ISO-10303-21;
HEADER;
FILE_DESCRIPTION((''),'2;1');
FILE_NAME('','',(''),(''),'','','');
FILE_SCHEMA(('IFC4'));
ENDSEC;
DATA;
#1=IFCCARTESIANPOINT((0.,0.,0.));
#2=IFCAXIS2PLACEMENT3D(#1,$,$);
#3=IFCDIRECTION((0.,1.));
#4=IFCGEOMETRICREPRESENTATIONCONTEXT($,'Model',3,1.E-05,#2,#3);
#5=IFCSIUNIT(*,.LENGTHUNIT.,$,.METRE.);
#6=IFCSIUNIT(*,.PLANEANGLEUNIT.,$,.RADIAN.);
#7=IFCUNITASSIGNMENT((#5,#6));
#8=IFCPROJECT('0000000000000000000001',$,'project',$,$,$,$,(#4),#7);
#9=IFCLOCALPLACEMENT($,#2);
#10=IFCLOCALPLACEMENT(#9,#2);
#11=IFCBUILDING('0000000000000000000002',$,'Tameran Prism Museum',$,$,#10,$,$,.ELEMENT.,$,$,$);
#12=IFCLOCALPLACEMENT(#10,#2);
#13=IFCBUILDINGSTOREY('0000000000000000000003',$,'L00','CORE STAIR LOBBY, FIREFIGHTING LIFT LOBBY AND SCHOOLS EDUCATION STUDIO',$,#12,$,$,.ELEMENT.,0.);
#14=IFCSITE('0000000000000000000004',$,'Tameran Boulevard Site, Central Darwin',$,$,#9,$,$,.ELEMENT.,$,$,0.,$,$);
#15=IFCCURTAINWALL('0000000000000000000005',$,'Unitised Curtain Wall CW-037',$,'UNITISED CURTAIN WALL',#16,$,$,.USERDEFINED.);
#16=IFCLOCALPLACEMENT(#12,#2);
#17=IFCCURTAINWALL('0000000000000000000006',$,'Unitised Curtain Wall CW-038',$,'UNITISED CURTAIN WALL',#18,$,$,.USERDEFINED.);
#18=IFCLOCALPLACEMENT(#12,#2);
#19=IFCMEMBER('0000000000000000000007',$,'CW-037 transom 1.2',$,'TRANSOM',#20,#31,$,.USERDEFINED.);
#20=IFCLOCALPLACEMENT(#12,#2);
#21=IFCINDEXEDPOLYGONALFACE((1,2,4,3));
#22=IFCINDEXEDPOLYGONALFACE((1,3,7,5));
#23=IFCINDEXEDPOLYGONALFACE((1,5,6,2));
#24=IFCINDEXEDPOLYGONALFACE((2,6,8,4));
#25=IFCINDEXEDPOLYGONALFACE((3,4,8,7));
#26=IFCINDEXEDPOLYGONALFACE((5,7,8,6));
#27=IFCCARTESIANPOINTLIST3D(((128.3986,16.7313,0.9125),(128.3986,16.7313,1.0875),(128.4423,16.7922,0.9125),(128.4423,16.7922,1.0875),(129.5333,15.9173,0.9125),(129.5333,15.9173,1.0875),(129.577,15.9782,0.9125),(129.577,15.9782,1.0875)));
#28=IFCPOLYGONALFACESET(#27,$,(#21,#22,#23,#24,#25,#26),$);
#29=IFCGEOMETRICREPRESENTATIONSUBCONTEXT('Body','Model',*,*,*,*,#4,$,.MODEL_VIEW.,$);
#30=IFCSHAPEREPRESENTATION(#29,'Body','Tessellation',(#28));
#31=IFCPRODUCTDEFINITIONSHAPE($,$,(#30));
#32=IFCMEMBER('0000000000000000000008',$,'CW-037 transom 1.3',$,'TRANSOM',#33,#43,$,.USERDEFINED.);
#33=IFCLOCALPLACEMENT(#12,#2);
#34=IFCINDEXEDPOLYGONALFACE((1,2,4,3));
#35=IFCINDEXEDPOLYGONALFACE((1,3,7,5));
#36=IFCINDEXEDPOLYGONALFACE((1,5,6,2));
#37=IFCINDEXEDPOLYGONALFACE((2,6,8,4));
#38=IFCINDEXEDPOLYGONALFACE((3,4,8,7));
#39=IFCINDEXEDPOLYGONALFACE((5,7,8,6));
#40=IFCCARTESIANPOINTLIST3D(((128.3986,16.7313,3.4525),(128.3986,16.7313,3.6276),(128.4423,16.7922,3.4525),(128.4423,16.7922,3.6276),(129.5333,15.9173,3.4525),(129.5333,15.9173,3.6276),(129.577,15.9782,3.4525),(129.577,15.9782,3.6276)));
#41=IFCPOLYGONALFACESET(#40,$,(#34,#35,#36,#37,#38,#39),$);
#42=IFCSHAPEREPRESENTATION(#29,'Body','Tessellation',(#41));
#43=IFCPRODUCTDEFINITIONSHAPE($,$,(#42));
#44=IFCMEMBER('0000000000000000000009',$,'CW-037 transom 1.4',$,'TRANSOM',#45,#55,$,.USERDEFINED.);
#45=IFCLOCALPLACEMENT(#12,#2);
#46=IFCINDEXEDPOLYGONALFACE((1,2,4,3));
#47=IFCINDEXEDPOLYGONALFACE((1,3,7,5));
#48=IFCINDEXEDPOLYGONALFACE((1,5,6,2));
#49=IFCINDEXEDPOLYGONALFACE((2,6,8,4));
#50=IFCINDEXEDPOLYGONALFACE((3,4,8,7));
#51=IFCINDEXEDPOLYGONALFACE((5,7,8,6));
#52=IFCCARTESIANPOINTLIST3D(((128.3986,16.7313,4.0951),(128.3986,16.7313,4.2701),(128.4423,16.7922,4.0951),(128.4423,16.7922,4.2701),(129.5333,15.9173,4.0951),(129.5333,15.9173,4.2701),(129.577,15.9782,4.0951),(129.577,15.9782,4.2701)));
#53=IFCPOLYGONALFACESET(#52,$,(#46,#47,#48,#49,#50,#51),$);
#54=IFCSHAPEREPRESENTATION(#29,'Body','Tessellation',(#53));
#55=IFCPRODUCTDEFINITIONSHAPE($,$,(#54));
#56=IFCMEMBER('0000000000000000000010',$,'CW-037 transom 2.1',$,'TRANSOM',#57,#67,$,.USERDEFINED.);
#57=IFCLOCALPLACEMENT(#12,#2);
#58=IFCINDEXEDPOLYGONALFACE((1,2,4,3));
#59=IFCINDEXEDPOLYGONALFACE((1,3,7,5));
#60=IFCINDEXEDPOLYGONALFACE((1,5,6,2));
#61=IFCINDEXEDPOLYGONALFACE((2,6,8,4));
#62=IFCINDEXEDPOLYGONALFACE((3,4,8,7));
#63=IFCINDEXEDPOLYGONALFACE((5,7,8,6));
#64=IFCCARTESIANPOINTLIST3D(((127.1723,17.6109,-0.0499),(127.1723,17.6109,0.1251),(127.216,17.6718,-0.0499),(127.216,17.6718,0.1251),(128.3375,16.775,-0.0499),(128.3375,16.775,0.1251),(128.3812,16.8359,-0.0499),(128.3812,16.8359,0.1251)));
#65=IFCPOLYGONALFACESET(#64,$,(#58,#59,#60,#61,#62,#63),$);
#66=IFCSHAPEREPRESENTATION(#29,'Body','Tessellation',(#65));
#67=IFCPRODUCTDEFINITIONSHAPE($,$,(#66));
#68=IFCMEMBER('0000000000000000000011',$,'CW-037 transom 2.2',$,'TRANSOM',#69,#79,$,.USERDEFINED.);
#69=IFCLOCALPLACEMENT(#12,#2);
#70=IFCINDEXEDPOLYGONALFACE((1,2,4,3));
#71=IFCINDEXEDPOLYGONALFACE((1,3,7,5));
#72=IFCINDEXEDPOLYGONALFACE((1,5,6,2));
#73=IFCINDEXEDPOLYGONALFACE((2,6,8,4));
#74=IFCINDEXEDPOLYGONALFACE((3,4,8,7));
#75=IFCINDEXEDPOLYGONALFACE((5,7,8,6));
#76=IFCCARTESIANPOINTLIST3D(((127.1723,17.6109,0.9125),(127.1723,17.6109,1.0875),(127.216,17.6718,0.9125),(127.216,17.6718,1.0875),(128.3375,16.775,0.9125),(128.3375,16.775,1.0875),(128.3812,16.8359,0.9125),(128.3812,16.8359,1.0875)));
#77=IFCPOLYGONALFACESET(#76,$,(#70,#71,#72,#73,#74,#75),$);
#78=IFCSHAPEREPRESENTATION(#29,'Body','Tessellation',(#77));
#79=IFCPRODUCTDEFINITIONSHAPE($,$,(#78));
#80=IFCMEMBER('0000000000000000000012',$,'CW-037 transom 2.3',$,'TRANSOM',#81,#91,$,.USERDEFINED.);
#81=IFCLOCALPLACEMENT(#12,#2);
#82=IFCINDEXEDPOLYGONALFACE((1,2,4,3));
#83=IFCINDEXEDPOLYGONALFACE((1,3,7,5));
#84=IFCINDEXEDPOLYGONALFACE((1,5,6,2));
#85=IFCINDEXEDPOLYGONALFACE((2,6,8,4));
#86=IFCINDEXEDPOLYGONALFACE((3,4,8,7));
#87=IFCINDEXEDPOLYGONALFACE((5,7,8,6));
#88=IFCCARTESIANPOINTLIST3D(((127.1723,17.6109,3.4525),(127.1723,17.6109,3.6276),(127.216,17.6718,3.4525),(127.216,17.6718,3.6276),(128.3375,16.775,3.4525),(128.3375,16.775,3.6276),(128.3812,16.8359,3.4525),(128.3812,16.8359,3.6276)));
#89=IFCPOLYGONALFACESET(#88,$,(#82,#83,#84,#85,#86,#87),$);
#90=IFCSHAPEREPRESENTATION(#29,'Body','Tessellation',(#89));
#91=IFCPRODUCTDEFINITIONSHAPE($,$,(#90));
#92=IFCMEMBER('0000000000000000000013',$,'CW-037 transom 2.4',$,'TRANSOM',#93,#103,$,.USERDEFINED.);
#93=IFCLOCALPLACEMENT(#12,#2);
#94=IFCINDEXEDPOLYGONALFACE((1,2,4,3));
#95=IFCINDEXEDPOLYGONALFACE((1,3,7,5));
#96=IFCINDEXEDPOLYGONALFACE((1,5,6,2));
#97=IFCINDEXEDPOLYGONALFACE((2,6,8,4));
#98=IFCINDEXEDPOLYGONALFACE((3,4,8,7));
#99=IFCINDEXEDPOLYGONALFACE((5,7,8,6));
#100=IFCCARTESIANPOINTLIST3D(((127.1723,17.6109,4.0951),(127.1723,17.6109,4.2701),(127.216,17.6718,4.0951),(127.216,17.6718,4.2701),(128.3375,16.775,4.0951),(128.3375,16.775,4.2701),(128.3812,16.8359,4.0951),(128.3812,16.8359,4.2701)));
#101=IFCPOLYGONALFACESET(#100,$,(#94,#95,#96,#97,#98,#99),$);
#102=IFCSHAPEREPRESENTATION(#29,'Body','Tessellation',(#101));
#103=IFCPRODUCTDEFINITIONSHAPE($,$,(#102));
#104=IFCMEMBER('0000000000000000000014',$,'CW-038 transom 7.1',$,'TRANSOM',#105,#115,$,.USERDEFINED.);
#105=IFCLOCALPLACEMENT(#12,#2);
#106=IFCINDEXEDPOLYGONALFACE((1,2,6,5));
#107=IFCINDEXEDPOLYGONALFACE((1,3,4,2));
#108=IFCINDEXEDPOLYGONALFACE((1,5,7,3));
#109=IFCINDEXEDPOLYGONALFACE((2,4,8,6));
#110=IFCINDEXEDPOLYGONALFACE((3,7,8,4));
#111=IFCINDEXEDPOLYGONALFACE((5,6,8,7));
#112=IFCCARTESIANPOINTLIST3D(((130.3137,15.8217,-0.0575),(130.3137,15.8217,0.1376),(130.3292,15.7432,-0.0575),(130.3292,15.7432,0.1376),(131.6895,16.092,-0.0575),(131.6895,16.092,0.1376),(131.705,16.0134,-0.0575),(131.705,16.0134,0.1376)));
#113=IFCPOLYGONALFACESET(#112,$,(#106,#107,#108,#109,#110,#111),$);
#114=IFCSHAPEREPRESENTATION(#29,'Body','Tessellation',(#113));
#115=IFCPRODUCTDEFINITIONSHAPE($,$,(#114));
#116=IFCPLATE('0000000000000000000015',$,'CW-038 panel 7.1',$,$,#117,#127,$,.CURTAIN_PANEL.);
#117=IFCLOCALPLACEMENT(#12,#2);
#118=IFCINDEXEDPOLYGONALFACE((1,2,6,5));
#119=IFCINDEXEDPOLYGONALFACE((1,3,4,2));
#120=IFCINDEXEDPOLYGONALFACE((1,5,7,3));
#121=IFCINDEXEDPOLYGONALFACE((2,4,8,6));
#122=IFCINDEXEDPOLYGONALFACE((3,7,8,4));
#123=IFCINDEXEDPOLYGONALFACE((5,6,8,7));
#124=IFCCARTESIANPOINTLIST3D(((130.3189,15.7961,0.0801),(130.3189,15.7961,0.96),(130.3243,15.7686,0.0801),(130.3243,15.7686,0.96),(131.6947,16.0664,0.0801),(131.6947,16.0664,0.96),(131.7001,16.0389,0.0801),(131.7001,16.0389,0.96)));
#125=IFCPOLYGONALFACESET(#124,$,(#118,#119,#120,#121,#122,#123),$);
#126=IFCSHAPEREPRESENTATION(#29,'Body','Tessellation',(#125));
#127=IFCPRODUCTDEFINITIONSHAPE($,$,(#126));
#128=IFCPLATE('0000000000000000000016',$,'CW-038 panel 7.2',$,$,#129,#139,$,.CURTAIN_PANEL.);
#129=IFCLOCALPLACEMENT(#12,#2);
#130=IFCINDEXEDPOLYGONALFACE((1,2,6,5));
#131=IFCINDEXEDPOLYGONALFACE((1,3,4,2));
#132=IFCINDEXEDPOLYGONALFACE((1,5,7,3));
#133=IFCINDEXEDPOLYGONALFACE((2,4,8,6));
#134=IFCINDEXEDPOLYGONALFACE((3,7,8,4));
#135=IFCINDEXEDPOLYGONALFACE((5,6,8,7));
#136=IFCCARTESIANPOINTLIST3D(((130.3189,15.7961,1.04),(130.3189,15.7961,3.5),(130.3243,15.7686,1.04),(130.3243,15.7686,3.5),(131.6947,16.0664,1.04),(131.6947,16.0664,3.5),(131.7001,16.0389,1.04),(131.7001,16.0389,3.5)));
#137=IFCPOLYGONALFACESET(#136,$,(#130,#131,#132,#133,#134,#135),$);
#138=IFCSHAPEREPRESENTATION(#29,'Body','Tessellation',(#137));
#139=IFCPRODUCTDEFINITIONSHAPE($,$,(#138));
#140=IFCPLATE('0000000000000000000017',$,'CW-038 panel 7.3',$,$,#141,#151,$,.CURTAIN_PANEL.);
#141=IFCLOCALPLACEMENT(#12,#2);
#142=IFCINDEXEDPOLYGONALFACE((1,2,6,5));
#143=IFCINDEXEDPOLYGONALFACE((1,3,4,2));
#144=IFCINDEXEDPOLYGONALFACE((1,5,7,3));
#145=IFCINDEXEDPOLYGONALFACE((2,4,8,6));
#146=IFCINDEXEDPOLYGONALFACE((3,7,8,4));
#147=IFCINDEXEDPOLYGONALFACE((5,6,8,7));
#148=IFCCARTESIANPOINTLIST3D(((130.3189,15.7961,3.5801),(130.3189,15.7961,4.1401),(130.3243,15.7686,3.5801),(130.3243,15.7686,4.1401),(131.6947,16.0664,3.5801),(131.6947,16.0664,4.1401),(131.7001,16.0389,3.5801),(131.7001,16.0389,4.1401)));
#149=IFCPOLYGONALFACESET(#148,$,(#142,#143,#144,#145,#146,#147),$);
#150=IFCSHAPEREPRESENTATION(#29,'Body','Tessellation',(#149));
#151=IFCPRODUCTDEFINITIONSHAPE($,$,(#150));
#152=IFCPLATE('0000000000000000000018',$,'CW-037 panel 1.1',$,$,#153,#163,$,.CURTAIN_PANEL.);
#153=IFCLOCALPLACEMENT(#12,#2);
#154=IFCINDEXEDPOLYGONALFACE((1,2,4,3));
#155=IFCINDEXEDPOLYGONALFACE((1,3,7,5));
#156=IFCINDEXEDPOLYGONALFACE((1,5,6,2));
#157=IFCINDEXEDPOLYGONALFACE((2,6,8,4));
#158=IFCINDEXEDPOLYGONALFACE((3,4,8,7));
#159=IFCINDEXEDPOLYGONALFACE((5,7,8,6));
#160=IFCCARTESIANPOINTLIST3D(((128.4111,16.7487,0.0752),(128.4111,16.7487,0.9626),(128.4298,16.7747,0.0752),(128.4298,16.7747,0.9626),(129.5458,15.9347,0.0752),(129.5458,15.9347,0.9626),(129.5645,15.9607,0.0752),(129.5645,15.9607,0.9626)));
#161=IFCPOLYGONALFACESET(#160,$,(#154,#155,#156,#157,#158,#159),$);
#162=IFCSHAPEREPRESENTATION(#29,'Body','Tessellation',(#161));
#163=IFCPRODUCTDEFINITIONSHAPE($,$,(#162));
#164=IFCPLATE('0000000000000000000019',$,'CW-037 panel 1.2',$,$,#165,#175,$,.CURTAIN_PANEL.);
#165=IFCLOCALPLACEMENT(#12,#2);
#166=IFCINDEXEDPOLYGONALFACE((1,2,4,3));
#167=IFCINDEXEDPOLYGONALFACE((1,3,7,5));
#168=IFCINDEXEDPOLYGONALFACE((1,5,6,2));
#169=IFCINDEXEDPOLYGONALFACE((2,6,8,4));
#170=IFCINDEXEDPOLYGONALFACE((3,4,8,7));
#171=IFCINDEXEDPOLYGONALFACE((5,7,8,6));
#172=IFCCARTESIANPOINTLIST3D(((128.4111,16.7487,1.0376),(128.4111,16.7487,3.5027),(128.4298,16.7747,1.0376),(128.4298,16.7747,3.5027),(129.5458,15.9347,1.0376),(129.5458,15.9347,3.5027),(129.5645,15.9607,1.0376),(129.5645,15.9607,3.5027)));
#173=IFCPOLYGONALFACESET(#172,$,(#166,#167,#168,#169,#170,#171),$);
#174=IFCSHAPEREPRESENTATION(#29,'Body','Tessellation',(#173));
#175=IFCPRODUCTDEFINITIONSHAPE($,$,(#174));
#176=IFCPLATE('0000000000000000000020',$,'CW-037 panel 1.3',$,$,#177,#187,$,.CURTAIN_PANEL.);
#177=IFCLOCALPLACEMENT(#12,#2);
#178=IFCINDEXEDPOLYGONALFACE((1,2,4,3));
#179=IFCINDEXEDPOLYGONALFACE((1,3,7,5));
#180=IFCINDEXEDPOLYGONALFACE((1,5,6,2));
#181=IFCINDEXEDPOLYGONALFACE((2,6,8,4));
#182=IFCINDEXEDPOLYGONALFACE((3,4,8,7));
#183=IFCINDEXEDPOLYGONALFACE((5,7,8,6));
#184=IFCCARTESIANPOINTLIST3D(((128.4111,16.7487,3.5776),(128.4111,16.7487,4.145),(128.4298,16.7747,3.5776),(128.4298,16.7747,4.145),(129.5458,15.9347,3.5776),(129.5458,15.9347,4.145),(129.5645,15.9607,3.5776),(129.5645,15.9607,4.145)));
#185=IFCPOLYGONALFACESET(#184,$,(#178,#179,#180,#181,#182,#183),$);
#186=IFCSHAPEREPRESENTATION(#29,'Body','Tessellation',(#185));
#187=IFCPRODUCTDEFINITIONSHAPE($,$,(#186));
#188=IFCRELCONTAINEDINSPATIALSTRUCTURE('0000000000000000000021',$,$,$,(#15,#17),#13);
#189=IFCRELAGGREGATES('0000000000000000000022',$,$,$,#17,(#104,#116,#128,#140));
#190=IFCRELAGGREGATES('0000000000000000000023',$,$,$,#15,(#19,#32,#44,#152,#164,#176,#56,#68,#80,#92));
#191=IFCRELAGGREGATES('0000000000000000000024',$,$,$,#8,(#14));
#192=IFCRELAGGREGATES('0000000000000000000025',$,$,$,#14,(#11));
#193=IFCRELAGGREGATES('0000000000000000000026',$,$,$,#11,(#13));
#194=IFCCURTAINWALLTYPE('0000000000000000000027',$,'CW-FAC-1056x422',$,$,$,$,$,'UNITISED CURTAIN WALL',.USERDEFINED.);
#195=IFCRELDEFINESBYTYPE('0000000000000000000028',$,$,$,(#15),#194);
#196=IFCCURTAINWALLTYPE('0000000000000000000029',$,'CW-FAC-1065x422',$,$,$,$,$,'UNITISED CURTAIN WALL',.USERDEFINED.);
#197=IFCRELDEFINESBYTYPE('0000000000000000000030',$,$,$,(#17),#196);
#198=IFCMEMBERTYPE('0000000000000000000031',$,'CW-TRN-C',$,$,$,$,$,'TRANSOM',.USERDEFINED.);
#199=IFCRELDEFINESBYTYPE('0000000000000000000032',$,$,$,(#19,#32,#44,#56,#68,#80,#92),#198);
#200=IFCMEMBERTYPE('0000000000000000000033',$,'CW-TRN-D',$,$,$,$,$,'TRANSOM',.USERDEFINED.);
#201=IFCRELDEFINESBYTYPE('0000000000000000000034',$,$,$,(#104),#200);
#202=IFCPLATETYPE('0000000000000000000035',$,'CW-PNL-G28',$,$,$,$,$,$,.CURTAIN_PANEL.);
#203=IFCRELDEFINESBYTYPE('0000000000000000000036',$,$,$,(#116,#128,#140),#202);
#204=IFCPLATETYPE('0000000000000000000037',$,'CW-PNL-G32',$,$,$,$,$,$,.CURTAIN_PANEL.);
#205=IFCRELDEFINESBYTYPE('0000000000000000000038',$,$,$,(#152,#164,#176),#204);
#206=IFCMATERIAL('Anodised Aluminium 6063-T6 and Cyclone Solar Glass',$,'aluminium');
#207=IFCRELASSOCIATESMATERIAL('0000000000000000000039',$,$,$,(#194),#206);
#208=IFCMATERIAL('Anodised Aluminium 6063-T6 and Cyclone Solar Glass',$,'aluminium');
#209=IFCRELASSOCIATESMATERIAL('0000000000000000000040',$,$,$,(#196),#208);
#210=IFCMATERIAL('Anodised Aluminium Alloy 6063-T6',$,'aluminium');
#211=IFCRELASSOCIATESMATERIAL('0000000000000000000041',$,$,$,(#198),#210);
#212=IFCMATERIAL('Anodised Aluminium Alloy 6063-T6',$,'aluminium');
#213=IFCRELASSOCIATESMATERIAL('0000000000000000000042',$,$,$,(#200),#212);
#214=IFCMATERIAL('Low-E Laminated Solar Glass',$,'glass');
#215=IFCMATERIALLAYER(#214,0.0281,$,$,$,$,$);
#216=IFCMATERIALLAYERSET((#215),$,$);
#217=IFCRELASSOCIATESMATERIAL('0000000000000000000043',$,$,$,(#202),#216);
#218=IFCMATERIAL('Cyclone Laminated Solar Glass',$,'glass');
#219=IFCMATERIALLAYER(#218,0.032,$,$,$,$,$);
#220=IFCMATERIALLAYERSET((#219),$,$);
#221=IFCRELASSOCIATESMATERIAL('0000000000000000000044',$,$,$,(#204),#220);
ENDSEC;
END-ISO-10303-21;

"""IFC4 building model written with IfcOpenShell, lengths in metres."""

from ifc_helpers import new_model, si_unit, direction, frame, origin, origin_2d, place, context, subcontext, project, spatial, rectangle, extrude, material, layer, layer_set, material_profile, profile_set, type_object, element, aggregate, save


model = new_model("IFC4")

# Units and contexts
model_context = context("Model", 3, precision=1e-05, world=origin(), true_north=direction((0.0, 1.0)))
body_context = subcontext(model_context, "Body", "Model", "MODEL_VIEW")
ifc_project = project(units=[si_unit("LENGTHUNIT", "METRE"), si_unit("PLANEANGLEUNIT", "RADIAN")], contexts=[model_context])

# Site, building, storey
site_placement = place(None, origin())
site = spatial("IfcSite", under=ifc_project, at=site_placement, Name="Tameran Boulevard Site, Central Darwin", CompositionType="ELEMENT", RefElevation=0.0)
building_placement = place(site_placement, origin())
building = spatial("IfcBuilding", under=site, at=building_placement, Name="Tameran Prism Museum", CompositionType="ELEMENT")
storey_placement = place(building_placement, origin())
storey = spatial("IfcBuildingStorey", under=building, at=storey_placement, Name="L00", Description="CORE STAIR LOBBY, FIREFIGHTING LIFT LOBBY AND SCHOOLS EDUCATION STUDIO", CompositionType="ELEMENT", Elevation=0.0)

# Curtain wall
ifc_material_1 = material(Name="Anodised Aluminium 6063-T6 and Cyclone Solar Glass", Category="aluminium")
curtain_wall_type_1 = type_object("IfcCurtainWallType", Name="CW-FAC-1056x422", ElementType="UNITISED CURTAIN WALL", PredefinedType="USERDEFINED", material=ifc_material_1)
curtain_wall_1_placement = place(storey_placement, origin())
curtain_wall_1 = element("IfcCurtainWall", 1, at=curtain_wall_1_placement, inside=storey, type_object=curtain_wall_type_1, Name="Unitised Curtain Wall CW-037", ObjectType="UNITISED CURTAIN WALL", PredefinedType="USERDEFINED")

# Curtain wall
ifc_material_2 = material(Name="Anodised Aluminium 6063-T6 and Cyclone Solar Glass", Category="aluminium")
curtain_wall_type_2 = type_object("IfcCurtainWallType", Name="CW-FAC-1065x422", ElementType="UNITISED CURTAIN WALL", PredefinedType="USERDEFINED", material=ifc_material_2)
curtain_wall_2_placement = place(storey_placement, origin())
curtain_wall_2 = element("IfcCurtainWall", 2, at=curtain_wall_2_placement, inside=storey, type_object=curtain_wall_type_2, Name="Unitised Curtain Wall CW-038", ObjectType="UNITISED CURTAIN WALL", PredefinedType="USERDEFINED")

# Members
ifc_material_3 = material(Name="Anodised Aluminium Alloy 6063-T6", Category="aluminium")
ifc_material_profile_1 = material_profile(ifc_material_3, rectangle(XDim=0.075, YDim=0.175, at=origin_2d()))
ifc_profile_set_1 = profile_set([ifc_material_profile_1])
member_type_1 = type_object("IfcMemberType", Name="CW-TRN-C", ElementType="TRANSOM", PredefinedType="USERDEFINED", material=ifc_profile_set_1)
member_1_placement = place(storey_placement, frame((129.5552, 15.9478, 1.0), z_axis=(-0.812574, 0.582858, 0.0), x_axis=(-0.582858, -0.812574, 0.0)))
member_1 = element("IfcMember", 3, at=member_1_placement, type_object=member_type_1, Name="CW-037 transom 1.2", ObjectType="TRANSOM", PredefinedType="USERDEFINED", context=body_context, shape_type="SweptSolid", body=[
    extrude(rectangle(XDim=0.075, YDim=0.175, at=origin_2d()), origin(), (0.0, 0.0, 1.0), 1.3965),
])
member_2_placement = place(storey_placement, frame((129.5552, 15.9478, 3.54), z_axis=(-0.812574, 0.582858, 0.0), x_axis=(-0.582858, -0.812574, 0.0)))
member_2 = element("IfcMember", 4, at=member_2_placement, type_object=member_type_1, Name="CW-037 transom 1.3", ObjectType="TRANSOM", PredefinedType="USERDEFINED", context=body_context, shape_type="SweptSolid", body=[
    extrude(rectangle(XDim=0.075, YDim=0.175, at=origin_2d()), origin(), (0.0, 0.0, 1.0), 1.3965),
])
member_3_placement = place(storey_placement, frame((129.5552, 15.9478, 4.1826), z_axis=(-0.812574, 0.582858, 0.0), x_axis=(-0.582858, -0.812574, 0.0)))
member_3 = element("IfcMember", 5, at=member_3_placement, type_object=member_type_1, Name="CW-037 transom 1.4", ObjectType="TRANSOM", PredefinedType="USERDEFINED", context=body_context, shape_type="SweptSolid", body=[
    extrude(rectangle(XDim=0.075, YDim=0.175, at=origin_2d()), origin(), (0.0, 0.0, 1.0), 1.3965),
])
member_4_placement = place(storey_placement, frame((128.3594, 16.8054, 0.0376), z_axis=(-0.812547, 0.582896, 0.0), x_axis=(-0.582896, -0.812547, 0.0)))
member_4 = element("IfcMember", 6, at=member_4_placement, type_object=member_type_1, Name="CW-037 transom 2.1", ObjectType="TRANSOM", PredefinedType="USERDEFINED", context=body_context, shape_type="SweptSolid", body=[
    extrude(rectangle(XDim=0.075, YDim=0.175, at=origin_2d()), origin(), (0.0, 0.0, 1.0), 1.4341),
])
member_5_placement = place(storey_placement, frame((128.3594, 16.8054, 1.0), z_axis=(-0.812547, 0.582896, 0.0), x_axis=(-0.582896, -0.812547, 0.0)))
member_5 = element("IfcMember", 7, at=member_5_placement, type_object=member_type_1, Name="CW-037 transom 2.2", ObjectType="TRANSOM", PredefinedType="USERDEFINED", context=body_context, shape_type="SweptSolid", body=[
    extrude(rectangle(XDim=0.075, YDim=0.175, at=origin_2d()), origin(), (0.0, 0.0, 1.0), 1.4341),
])
member_6_placement = place(storey_placement, frame((128.3594, 16.8054, 3.54), z_axis=(-0.812547, 0.582896, 0.0), x_axis=(-0.582896, -0.812547, 0.0)))
member_6 = element("IfcMember", 8, at=member_6_placement, type_object=member_type_1, Name="CW-037 transom 2.3", ObjectType="TRANSOM", PredefinedType="USERDEFINED", context=body_context, shape_type="SweptSolid", body=[
    extrude(rectangle(XDim=0.075, YDim=0.175, at=origin_2d()), origin(), (0.0, 0.0, 1.0), 1.4341),
])
member_7_placement = place(storey_placement, frame((128.3594, 16.8054, 4.1826), z_axis=(-0.812547, 0.582896, 0.0), x_axis=(-0.582896, -0.812547, 0.0)))
member_7 = element("IfcMember", 9, at=member_7_placement, type_object=member_type_1, Name="CW-037 transom 2.4", ObjectType="TRANSOM", PredefinedType="USERDEFINED", context=body_context, shape_type="SweptSolid", body=[
    extrude(rectangle(XDim=0.075, YDim=0.175, at=origin_2d()), origin(), (0.0, 0.0, 1.0), 1.4341),
])
ifc_material_4 = material(Name="Anodised Aluminium Alloy 6063-T6", Category="aluminium")
ifc_material_profile_2 = material_profile(ifc_material_4, rectangle(XDim=0.0801, YDim=0.1951, at=origin_2d()))
ifc_profile_set_2 = profile_set([ifc_material_profile_2])
member_type_2 = type_object("IfcMemberType", Name="CW-TRN-D", ElementType="TRANSOM", PredefinedType="USERDEFINED", material=ifc_profile_set_2)
member_8_placement = place(storey_placement, frame((131.6973, 16.0527, 0.04), z_axis=(-0.981245, -0.192766, 0.0), x_axis=(0.192766, -0.981245, 0.0)))
member_8 = element("IfcMember", 10, at=member_8_placement, type_object=member_type_2, Name="CW-038 transom 7.1", ObjectType="TRANSOM", PredefinedType="USERDEFINED", context=body_context, shape_type="SweptSolid", body=[
    extrude(rectangle(XDim=0.0801, YDim=0.1951, at=origin_2d()), origin(), (0.0, 0.0, 1.0), 1.4021),
])

# Plates
ifc_material_5 = material(Name="Low-E Laminated Solar Glass", Category="glass")
ifc_layer_1 = layer(ifc_material_5, 0.0281)
ifc_layer_set_1 = layer_set([ifc_layer_1])
plate_type_1 = type_object("IfcPlateType", Name="CW-PNL-G28", PredefinedType="CURTAIN_PANEL", material=ifc_layer_set_1)
plate_1_placement = place(storey_placement, frame((131.0095, 15.9175, 0.0801), z_axis=(0.0, 0.0, 1.0), x_axis=(-0.981243, -0.192776, 0.0)))
plate_1 = element("IfcPlate", 11, at=plate_1_placement, type_object=plate_type_1, Name="CW-038 panel 7.1", PredefinedType="CURTAIN_PANEL", context=body_context, shape_type="SweptSolid", body=[
    extrude(rectangle(XDim=1.4021, YDim=0.0281, at=origin_2d()), origin(), (0.0, 0.0, 1.0), 0.8799),
])
plate_2_placement = place(storey_placement, frame((131.0095, 15.9175, 1.04), z_axis=(0.0, 0.0, 1.0), x_axis=(-0.981243, -0.192776, 0.0)))
plate_2 = element("IfcPlate", 12, at=plate_2_placement, type_object=plate_type_1, Name="CW-038 panel 7.2", PredefinedType="CURTAIN_PANEL", context=body_context, shape_type="SweptSolid", body=[
    extrude(rectangle(XDim=1.4021, YDim=0.0281, at=origin_2d()), origin(), (0.0, 0.0, 1.0), 2.46),
])
plate_3_placement = place(storey_placement, frame((131.0095, 15.9175, 3.5801), z_axis=(0.0, 0.0, 1.0), x_axis=(-0.981243, -0.192776, 0.0)))
plate_3 = element("IfcPlate", 13, at=plate_3_placement, type_object=plate_type_1, Name="CW-038 panel 7.3", PredefinedType="CURTAIN_PANEL", context=body_context, shape_type="SweptSolid", body=[
    extrude(rectangle(XDim=1.4021, YDim=0.0281, at=origin_2d()), origin(), (0.0, 0.0, 1.0), 0.5601),
])
aggregate(curtain_wall_2, [member_8, plate_1, plate_2, plate_3])
ifc_material_6 = material(Name="Cyclone Laminated Solar Glass", Category="glass")
ifc_layer_2 = layer(ifc_material_6, 0.032)
ifc_layer_set_2 = layer_set([ifc_layer_2])
plate_type_2 = type_object("IfcPlateType", Name="CW-PNL-G32", PredefinedType="CURTAIN_PANEL", material=ifc_layer_set_2)
plate_4_placement = place(storey_placement, frame((128.9878, 16.3547, 0.0752), z_axis=(0.0, 0.0, 1.0), x_axis=(-0.812555, 0.582885, 0.0)))
plate_4 = element("IfcPlate", 14, at=plate_4_placement, type_object=plate_type_2, Name="CW-037 panel 1.1", PredefinedType="CURTAIN_PANEL", context=body_context, shape_type="SweptSolid", body=[
    extrude(rectangle(XDim=1.3965, YDim=0.032, at=origin_2d()), origin(), (0.0, 0.0, 1.0), 0.8875),
])
plate_5_placement = place(storey_placement, frame((128.9878, 16.3547, 1.0376), z_axis=(0.0, 0.0, 1.0), x_axis=(-0.812555, 0.582885, 0.0)))
plate_5 = element("IfcPlate", 15, at=plate_5_placement, type_object=plate_type_2, Name="CW-037 panel 1.2", PredefinedType="CURTAIN_PANEL", context=body_context, shape_type="SweptSolid", body=[
    extrude(rectangle(XDim=1.3965, YDim=0.032, at=origin_2d()), origin(), (0.0, 0.0, 1.0), 2.4651),
])
plate_6_placement = place(storey_placement, frame((128.9878, 16.3547, 3.5776), z_axis=(0.0, 0.0, 1.0), x_axis=(-0.812555, 0.582885, 0.0)))
plate_6 = element("IfcPlate", 16, at=plate_6_placement, type_object=plate_type_2, Name="CW-037 panel 1.3", PredefinedType="CURTAIN_PANEL", context=body_context, shape_type="SweptSolid", body=[
    extrude(rectangle(XDim=1.3965, YDim=0.032, at=origin_2d()), origin(), (0.0, 0.0, 1.0), 0.5674),
])
aggregate(curtain_wall_1, [member_1, member_2, member_3, plate_4, plate_5, plate_6, member_4, member_5, member_6, member_7])

save(model, "model.ifc")
